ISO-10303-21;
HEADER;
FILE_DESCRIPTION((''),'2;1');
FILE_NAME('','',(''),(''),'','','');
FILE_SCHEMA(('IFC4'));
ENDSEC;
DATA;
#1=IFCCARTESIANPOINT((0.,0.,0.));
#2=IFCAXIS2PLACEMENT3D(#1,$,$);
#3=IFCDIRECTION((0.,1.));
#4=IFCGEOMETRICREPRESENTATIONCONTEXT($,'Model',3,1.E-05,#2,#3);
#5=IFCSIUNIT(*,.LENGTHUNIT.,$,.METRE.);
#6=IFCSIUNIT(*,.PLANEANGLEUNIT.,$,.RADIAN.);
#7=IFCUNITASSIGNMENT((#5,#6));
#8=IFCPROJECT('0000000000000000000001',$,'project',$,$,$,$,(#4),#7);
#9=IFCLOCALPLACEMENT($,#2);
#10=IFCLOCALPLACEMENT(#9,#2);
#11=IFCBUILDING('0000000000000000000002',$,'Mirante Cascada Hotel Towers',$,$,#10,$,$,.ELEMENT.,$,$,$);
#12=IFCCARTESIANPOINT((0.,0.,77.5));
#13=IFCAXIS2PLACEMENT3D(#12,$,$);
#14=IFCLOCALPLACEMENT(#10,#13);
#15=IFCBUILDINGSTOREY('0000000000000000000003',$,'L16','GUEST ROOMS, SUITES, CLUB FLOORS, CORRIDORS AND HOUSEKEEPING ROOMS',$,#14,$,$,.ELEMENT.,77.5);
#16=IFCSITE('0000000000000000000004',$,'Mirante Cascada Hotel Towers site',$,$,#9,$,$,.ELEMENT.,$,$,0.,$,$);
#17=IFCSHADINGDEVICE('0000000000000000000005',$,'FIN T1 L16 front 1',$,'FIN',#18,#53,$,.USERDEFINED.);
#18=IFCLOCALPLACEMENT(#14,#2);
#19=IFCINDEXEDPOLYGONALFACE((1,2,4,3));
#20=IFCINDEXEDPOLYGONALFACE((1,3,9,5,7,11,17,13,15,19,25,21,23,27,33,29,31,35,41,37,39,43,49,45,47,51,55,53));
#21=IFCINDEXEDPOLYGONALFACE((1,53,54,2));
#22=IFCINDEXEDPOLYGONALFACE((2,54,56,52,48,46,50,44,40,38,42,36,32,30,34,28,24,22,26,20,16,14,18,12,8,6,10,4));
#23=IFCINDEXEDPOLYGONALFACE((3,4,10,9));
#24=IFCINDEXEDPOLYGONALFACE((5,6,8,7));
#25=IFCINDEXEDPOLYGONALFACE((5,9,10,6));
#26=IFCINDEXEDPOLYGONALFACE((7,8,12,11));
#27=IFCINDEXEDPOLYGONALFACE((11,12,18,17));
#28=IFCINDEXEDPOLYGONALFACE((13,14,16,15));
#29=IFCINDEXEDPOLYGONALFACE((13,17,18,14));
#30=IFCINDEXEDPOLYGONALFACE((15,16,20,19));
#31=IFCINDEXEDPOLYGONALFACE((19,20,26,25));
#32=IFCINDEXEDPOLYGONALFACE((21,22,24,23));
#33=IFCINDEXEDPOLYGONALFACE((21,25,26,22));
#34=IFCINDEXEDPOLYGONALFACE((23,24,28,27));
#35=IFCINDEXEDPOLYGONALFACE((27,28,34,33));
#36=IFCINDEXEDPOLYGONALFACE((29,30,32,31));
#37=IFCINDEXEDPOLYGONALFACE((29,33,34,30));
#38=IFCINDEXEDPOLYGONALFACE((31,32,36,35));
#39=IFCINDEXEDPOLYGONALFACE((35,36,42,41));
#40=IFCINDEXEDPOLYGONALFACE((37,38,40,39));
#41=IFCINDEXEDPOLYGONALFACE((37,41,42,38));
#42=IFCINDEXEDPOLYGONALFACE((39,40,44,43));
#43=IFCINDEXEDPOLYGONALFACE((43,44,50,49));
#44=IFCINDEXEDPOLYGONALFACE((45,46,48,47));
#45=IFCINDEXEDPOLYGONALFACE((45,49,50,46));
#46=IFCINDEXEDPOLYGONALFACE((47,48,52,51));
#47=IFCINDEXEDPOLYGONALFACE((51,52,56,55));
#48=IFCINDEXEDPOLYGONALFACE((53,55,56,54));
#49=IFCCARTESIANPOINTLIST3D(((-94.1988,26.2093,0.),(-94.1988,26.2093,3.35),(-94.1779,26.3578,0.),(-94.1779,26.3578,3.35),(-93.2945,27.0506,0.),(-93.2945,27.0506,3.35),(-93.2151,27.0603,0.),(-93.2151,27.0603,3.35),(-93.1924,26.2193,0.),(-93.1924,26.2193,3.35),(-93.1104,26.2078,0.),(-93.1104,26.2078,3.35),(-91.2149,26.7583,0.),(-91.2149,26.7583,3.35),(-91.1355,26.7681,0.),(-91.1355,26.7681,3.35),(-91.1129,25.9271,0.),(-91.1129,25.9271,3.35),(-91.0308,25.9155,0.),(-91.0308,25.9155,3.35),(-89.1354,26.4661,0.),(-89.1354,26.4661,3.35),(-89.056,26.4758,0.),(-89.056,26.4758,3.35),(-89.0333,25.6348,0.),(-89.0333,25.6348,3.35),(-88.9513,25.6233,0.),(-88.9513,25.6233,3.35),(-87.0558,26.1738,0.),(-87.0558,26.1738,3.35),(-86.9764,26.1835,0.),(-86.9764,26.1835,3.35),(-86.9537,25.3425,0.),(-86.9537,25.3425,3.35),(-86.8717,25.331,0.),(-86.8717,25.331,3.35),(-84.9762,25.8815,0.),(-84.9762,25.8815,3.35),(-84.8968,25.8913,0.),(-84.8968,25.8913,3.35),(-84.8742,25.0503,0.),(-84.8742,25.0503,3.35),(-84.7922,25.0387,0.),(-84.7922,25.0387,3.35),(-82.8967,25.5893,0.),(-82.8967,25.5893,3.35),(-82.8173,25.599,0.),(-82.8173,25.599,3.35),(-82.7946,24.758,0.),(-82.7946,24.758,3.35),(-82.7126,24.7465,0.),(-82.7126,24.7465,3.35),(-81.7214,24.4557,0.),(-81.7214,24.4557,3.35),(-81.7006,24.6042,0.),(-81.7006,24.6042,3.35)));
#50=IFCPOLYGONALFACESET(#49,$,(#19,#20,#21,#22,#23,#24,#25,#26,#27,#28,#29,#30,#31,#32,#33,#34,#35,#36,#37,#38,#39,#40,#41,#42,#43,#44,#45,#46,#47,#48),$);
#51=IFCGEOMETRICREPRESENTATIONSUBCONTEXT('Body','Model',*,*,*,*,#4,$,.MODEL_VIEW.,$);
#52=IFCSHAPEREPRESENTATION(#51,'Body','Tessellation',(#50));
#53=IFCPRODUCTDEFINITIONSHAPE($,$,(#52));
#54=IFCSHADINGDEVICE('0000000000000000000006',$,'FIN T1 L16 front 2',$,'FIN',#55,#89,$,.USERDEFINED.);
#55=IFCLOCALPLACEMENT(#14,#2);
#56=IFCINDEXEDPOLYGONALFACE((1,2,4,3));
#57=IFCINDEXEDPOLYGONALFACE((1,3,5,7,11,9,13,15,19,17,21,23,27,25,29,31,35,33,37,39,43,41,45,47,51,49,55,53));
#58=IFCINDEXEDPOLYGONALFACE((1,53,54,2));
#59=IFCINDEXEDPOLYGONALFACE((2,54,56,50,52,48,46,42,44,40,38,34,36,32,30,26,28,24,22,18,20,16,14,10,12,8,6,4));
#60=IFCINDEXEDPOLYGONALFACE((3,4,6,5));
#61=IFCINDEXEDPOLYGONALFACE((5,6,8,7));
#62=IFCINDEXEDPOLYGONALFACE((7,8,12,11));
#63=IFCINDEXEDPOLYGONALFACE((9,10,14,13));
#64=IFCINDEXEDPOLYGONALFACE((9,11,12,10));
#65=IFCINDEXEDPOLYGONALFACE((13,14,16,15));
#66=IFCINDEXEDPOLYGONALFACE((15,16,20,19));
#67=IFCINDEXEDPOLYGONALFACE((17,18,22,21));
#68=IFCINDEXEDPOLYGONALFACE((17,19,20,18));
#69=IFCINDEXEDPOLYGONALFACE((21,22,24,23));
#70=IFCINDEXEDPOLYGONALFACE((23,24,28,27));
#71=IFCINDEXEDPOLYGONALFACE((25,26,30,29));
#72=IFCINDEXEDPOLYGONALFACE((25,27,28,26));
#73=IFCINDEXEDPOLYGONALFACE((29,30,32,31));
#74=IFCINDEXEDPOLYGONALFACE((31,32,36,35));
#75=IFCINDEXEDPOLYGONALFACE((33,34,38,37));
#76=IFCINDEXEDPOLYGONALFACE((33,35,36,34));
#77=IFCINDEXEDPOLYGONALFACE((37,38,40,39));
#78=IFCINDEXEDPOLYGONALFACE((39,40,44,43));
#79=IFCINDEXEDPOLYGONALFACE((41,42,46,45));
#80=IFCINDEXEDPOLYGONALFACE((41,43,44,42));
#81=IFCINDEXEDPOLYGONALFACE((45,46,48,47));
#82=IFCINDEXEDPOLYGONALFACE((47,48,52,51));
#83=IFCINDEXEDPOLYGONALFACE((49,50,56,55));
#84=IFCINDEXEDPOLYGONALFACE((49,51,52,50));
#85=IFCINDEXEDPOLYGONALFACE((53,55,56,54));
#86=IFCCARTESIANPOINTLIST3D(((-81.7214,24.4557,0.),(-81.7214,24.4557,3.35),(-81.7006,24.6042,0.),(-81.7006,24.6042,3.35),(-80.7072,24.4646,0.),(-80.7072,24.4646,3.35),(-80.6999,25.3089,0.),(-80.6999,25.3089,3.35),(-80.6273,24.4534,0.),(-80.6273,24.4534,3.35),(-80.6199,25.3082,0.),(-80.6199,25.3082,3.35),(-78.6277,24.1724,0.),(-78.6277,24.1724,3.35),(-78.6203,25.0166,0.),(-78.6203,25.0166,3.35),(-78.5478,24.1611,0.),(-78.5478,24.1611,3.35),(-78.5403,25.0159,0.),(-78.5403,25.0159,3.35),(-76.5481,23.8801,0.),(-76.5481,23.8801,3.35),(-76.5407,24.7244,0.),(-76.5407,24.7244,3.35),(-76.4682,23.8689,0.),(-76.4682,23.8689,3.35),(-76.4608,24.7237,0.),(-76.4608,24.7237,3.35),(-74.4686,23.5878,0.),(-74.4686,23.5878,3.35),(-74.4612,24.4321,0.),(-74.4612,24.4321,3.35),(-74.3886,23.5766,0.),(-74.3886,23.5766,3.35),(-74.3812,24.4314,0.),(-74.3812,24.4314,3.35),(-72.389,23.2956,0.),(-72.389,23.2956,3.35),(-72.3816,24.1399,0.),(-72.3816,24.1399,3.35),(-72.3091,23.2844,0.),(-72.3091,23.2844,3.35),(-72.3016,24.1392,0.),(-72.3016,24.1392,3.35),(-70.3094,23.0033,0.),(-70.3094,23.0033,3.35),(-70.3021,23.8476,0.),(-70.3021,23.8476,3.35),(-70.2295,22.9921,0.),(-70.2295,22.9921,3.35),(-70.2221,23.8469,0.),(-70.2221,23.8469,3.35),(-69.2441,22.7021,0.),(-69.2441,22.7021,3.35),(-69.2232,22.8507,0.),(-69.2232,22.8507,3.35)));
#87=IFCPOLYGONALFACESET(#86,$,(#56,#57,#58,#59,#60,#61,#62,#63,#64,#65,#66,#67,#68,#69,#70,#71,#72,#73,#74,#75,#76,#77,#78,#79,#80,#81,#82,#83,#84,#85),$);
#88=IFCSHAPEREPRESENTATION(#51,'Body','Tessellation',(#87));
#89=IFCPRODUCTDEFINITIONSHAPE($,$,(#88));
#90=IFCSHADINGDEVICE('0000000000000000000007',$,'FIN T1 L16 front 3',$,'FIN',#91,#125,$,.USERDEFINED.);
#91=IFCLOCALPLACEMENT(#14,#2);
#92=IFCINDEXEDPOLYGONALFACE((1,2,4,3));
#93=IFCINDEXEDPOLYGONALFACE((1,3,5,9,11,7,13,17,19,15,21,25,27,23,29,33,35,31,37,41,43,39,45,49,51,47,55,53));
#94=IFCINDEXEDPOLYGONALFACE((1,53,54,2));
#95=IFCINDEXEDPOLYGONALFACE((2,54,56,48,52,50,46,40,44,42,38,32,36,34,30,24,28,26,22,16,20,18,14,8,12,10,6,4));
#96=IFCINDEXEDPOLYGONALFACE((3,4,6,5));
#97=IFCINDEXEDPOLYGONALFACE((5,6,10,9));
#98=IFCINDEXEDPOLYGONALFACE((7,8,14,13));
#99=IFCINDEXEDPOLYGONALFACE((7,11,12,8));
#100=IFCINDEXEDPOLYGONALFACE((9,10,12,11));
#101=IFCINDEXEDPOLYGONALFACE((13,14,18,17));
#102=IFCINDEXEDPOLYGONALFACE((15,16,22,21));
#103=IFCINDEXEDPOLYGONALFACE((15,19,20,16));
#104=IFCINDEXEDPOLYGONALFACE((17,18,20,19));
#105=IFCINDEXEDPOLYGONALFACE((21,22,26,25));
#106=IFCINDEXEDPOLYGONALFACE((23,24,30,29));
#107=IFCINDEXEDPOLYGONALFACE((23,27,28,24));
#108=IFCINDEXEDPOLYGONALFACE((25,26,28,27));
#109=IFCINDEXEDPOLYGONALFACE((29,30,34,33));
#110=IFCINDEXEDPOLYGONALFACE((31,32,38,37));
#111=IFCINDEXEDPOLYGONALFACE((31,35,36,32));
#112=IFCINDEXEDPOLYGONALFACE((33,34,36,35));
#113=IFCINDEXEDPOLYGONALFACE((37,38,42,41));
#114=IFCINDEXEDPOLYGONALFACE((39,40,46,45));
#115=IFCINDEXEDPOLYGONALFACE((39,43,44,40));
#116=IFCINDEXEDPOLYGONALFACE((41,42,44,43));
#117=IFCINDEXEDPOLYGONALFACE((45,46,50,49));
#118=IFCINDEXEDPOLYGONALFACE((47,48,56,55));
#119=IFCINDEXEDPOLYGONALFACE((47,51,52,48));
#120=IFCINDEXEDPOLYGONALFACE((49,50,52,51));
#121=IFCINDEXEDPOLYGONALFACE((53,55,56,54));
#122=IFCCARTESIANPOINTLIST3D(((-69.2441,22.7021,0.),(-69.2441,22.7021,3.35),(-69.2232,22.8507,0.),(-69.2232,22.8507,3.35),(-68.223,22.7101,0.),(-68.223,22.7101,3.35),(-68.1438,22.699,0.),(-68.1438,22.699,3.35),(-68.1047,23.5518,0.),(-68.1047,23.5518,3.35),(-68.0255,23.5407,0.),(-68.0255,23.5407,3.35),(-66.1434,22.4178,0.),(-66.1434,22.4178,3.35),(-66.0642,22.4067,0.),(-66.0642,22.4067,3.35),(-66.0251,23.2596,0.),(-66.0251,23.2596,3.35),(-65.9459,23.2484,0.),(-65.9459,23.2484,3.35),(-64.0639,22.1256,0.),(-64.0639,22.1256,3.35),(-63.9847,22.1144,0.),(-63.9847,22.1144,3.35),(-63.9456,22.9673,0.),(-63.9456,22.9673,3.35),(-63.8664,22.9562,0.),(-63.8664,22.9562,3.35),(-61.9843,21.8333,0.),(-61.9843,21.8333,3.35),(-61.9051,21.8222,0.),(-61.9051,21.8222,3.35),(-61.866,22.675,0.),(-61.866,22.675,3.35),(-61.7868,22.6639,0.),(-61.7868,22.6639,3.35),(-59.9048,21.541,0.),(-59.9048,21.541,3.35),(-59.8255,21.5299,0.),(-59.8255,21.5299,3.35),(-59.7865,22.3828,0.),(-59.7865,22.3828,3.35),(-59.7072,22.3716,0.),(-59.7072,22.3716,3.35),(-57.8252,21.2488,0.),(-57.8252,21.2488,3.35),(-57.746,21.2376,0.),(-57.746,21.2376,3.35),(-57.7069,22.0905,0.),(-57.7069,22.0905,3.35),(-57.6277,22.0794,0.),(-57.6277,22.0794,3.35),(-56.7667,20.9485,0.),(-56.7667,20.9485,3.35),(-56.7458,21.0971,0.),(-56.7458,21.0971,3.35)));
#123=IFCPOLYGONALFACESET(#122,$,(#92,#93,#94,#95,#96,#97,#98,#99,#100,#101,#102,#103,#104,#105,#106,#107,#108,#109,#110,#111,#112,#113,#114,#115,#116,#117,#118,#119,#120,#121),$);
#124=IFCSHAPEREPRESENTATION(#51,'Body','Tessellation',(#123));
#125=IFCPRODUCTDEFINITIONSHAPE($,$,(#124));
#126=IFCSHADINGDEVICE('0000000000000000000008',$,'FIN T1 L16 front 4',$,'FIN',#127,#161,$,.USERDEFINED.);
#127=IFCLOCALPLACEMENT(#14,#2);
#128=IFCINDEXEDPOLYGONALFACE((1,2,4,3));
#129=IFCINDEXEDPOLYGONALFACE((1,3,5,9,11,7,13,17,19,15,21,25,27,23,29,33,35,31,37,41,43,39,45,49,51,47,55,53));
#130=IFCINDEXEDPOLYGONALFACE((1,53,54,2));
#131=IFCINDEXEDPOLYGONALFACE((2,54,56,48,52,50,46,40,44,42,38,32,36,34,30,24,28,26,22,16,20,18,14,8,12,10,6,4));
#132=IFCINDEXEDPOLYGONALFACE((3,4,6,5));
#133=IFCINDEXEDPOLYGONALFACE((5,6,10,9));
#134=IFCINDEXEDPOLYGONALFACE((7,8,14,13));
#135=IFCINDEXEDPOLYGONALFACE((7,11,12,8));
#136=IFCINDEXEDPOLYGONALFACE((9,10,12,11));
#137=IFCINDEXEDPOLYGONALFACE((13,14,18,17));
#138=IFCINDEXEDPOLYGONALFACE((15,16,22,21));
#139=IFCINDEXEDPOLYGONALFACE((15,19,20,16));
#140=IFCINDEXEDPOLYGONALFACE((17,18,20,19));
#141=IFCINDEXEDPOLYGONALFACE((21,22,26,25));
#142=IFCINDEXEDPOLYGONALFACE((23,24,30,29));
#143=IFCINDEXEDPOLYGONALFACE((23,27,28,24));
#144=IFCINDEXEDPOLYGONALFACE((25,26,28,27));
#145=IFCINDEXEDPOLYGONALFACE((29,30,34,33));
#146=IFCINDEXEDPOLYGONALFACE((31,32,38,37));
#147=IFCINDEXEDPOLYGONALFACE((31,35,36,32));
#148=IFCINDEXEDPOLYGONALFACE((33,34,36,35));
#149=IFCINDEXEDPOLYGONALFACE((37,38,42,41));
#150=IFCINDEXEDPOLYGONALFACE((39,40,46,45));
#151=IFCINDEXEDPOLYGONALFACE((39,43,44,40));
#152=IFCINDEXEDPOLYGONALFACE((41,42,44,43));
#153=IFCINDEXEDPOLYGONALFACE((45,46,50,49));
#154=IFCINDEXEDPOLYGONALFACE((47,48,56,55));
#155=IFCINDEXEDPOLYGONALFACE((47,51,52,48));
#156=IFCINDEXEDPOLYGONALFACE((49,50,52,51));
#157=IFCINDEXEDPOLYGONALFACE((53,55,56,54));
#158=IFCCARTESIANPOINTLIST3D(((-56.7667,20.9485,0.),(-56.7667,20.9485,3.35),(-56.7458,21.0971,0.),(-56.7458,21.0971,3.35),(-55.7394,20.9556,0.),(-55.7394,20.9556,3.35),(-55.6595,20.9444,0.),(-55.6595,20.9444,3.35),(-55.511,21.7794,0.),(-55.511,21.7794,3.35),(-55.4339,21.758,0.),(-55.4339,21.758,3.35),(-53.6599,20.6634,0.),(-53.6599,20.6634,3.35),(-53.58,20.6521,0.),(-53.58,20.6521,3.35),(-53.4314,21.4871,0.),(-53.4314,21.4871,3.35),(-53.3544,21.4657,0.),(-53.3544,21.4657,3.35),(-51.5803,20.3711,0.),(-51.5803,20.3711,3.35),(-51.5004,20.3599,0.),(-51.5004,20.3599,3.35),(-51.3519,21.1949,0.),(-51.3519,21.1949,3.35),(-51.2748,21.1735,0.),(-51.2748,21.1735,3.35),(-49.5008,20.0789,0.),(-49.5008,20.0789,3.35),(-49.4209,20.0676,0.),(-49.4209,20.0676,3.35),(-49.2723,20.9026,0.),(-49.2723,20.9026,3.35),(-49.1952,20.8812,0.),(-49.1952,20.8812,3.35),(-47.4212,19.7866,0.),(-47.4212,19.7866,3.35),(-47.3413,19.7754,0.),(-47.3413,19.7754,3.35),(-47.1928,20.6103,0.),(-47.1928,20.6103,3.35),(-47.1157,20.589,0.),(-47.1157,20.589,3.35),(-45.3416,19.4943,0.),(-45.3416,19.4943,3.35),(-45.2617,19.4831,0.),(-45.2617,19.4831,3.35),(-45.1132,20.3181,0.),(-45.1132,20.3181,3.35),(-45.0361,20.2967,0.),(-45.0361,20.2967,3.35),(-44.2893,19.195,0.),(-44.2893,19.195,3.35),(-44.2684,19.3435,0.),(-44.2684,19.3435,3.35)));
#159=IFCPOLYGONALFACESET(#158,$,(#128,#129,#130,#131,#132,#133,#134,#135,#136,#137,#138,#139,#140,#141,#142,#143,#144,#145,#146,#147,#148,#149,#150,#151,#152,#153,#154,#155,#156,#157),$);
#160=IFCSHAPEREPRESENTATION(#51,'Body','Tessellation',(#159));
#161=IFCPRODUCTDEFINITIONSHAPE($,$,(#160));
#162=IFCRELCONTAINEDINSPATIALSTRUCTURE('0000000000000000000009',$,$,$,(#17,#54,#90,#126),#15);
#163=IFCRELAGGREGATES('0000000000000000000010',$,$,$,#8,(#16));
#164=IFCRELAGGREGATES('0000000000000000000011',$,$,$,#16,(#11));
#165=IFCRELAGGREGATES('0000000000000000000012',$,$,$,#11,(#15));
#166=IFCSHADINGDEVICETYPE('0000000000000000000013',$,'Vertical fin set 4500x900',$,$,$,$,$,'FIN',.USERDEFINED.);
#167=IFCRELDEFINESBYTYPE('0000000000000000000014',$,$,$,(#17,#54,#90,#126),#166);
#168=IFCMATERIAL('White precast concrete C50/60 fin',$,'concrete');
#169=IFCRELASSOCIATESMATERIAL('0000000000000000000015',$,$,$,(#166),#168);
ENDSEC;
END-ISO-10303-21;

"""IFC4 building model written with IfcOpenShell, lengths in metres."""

from ifc_helpers import new_model, si_unit, direction, frame, origin, place, context, subcontext, project, spatial, polyline, outline, extrude, material, type_object, element, save


model = new_model("IFC4")

# Units and contexts
model_context = context("Model", 3, precision=1e-05, world=origin(), true_north=direction((0.0, 1.0)))
body_context = subcontext(model_context, "Body", "Model", "MODEL_VIEW")
ifc_project = project(units=[si_unit("LENGTHUNIT", "METRE"), si_unit("PLANEANGLEUNIT", "RADIAN")], contexts=[model_context])

# Site, building, storey
site_placement = place(None, origin())
site = spatial("IfcSite", under=ifc_project, at=site_placement, Name="Mirante Cascada Hotel Towers site", CompositionType="ELEMENT", RefElevation=0.0)
building_placement = place(site_placement, origin())
building = spatial("IfcBuilding", under=site, at=building_placement, Name="Mirante Cascada Hotel Towers", CompositionType="ELEMENT")
storey_placement = place(building_placement, frame((0.0, 0.0, 77.5)))
storey = spatial("IfcBuildingStorey", under=building, at=storey_placement, Name="L16", Description="GUEST ROOMS, SUITES, CLUB FLOORS, CORRIDORS AND HOUSEKEEPING ROOMS", CompositionType="ELEMENT", Elevation=77.5)

# Shading devices
ifc_material_1 = material(Name="White precast concrete C50/60 fin", Category="concrete")
shading_device_type = type_object("IfcShadingDeviceType", Name="Vertical fin set 4500x900", ElementType="FIN", PredefinedType="USERDEFINED", material=ifc_material_1)
shading_device_1_placement = place(storey_placement, origin())
element("IfcShadingDevice", 1, at=shading_device_1_placement, inside=storey, type_object=shading_device_type, Name="FIN T1 L16 front 1", ObjectType="FIN", PredefinedType="USERDEFINED", context=body_context, shape_type="SweptSolid", body=[
    extrude(outline(polyline([(-82.8173, 25.599), (-82.7126, 24.7465), (-81.7006, 24.6042), (-81.7214, 24.4557), (-94.1988, 26.2093), (-94.1779, 26.3578), (-93.1924, 26.2193), (-93.2945, 27.0506), (-93.2151, 27.0603), (-93.1104, 26.2078), (-91.1129, 25.9271), (-91.2149, 26.7583), (-91.1355, 26.7681), (-91.0308, 25.9155), (-89.0333, 25.6348), (-89.1354, 26.4661), (-89.056, 26.4758), (-88.9513, 25.6233), (-86.9537, 25.3425), (-87.0558, 26.1738), (-86.9764, 26.1835), (-86.8717, 25.331), (-84.8742, 25.0503), (-84.9762, 25.8815), (-84.8968, 25.8913), (-84.7922, 25.0387), (-82.7946, 24.758), (-82.8967, 25.5893), (-82.8173, 25.599)])), origin(), (0.0, 0.0, 1.0), 3.35),
])
shading_device_2_placement = place(storey_placement, origin())
element("IfcShadingDevice", 2, at=shading_device_2_placement, inside=storey, type_object=shading_device_type, Name="FIN T1 L16 front 2", ObjectType="FIN", PredefinedType="USERDEFINED", context=body_context, shape_type="SweptSolid", body=[
    extrude(outline(polyline([(-70.2221, 23.8469), (-70.2295, 22.9921), (-69.2232, 22.8507), (-69.2441, 22.7021), (-81.7214, 24.4557), (-81.7006, 24.6042), (-80.7072, 24.4646), (-80.6999, 25.3089), (-80.6199, 25.3082), (-80.6273, 24.4534), (-78.6277, 24.1724), (-78.6203, 25.0166), (-78.5403, 25.0159), (-78.5478, 24.1611), (-76.5481, 23.8801), (-76.5407, 24.7244), (-76.4608, 24.7237), (-76.4682, 23.8689), (-74.4686, 23.5878), (-74.4612, 24.4321), (-74.3812, 24.4314), (-74.3886, 23.5766), (-72.389, 23.2956), (-72.3816, 24.1399), (-72.3016, 24.1392), (-72.3091, 23.2844), (-70.3094, 23.0033), (-70.3021, 23.8476), (-70.2221, 23.8469)])), origin(), (0.0, 0.0, 1.0), 3.35),
])
shading_device_3_placement = place(storey_placement, origin())
element("IfcShadingDevice", 3, at=shading_device_3_placement, inside=storey, type_object=shading_device_type, Name="FIN T1 L16 front 3", ObjectType="FIN", PredefinedType="USERDEFINED", context=body_context, shape_type="SweptSolid", body=[
    extrude(outline(polyline([(-57.6277, 22.0794), (-57.746, 21.2376), (-56.7458, 21.0971), (-56.7667, 20.9485), (-69.2441, 22.7021), (-69.2232, 22.8507), (-68.223, 22.7101), (-68.1047, 23.5518), (-68.0255, 23.5407), (-68.1438, 22.699), (-66.1434, 22.4178), (-66.0251, 23.2596), (-65.9459, 23.2484), (-66.0642, 22.4067), (-64.0639, 22.1256), (-63.9456, 22.9673), (-63.8664, 22.9562), (-63.9847, 22.1144), (-61.9843, 21.8333), (-61.866, 22.675), (-61.7868, 22.6639), (-61.9051, 21.8222), (-59.9048, 21.541), (-59.7865, 22.3828), (-59.7072, 22.3716), (-59.8255, 21.5299), (-57.8252, 21.2488), (-57.7069, 22.0905), (-57.6277, 22.0794)])), origin(), (0.0, 0.0, 1.0), 3.35),
])
shading_device_4_placement = place(storey_placement, origin())
element("IfcShadingDevice", 4, at=shading_device_4_placement, inside=storey, type_object=shading_device_type, Name="FIN T1 L16 front 4", ObjectType="FIN", PredefinedType="USERDEFINED", context=body_context, shape_type="SweptSolid", body=[
    extrude(outline(polyline([(-45.0361, 20.2967), (-45.2617, 19.4831), (-44.2684, 19.3435), (-44.2893, 19.195), (-56.7667, 20.9485), (-56.7458, 21.0971), (-55.7394, 20.9556), (-55.511, 21.7794), (-55.4339, 21.758), (-55.6595, 20.9444), (-53.6599, 20.6634), (-53.4314, 21.4871), (-53.3544, 21.4657), (-53.58, 20.6521), (-51.5803, 20.3711), (-51.3519, 21.1949), (-51.2748, 21.1735), (-51.5004, 20.3599), (-49.5008, 20.0789), (-49.2723, 20.9026), (-49.1952, 20.8812), (-49.4209, 20.0676), (-47.4212, 19.7866), (-47.1928, 20.6103), (-47.1157, 20.589), (-47.3413, 19.7754), (-45.3416, 19.4943), (-45.1132, 20.3181), (-45.0361, 20.2967)])), origin(), (0.0, 0.0, 1.0), 3.35),
])

save(model, "model.ifc")
